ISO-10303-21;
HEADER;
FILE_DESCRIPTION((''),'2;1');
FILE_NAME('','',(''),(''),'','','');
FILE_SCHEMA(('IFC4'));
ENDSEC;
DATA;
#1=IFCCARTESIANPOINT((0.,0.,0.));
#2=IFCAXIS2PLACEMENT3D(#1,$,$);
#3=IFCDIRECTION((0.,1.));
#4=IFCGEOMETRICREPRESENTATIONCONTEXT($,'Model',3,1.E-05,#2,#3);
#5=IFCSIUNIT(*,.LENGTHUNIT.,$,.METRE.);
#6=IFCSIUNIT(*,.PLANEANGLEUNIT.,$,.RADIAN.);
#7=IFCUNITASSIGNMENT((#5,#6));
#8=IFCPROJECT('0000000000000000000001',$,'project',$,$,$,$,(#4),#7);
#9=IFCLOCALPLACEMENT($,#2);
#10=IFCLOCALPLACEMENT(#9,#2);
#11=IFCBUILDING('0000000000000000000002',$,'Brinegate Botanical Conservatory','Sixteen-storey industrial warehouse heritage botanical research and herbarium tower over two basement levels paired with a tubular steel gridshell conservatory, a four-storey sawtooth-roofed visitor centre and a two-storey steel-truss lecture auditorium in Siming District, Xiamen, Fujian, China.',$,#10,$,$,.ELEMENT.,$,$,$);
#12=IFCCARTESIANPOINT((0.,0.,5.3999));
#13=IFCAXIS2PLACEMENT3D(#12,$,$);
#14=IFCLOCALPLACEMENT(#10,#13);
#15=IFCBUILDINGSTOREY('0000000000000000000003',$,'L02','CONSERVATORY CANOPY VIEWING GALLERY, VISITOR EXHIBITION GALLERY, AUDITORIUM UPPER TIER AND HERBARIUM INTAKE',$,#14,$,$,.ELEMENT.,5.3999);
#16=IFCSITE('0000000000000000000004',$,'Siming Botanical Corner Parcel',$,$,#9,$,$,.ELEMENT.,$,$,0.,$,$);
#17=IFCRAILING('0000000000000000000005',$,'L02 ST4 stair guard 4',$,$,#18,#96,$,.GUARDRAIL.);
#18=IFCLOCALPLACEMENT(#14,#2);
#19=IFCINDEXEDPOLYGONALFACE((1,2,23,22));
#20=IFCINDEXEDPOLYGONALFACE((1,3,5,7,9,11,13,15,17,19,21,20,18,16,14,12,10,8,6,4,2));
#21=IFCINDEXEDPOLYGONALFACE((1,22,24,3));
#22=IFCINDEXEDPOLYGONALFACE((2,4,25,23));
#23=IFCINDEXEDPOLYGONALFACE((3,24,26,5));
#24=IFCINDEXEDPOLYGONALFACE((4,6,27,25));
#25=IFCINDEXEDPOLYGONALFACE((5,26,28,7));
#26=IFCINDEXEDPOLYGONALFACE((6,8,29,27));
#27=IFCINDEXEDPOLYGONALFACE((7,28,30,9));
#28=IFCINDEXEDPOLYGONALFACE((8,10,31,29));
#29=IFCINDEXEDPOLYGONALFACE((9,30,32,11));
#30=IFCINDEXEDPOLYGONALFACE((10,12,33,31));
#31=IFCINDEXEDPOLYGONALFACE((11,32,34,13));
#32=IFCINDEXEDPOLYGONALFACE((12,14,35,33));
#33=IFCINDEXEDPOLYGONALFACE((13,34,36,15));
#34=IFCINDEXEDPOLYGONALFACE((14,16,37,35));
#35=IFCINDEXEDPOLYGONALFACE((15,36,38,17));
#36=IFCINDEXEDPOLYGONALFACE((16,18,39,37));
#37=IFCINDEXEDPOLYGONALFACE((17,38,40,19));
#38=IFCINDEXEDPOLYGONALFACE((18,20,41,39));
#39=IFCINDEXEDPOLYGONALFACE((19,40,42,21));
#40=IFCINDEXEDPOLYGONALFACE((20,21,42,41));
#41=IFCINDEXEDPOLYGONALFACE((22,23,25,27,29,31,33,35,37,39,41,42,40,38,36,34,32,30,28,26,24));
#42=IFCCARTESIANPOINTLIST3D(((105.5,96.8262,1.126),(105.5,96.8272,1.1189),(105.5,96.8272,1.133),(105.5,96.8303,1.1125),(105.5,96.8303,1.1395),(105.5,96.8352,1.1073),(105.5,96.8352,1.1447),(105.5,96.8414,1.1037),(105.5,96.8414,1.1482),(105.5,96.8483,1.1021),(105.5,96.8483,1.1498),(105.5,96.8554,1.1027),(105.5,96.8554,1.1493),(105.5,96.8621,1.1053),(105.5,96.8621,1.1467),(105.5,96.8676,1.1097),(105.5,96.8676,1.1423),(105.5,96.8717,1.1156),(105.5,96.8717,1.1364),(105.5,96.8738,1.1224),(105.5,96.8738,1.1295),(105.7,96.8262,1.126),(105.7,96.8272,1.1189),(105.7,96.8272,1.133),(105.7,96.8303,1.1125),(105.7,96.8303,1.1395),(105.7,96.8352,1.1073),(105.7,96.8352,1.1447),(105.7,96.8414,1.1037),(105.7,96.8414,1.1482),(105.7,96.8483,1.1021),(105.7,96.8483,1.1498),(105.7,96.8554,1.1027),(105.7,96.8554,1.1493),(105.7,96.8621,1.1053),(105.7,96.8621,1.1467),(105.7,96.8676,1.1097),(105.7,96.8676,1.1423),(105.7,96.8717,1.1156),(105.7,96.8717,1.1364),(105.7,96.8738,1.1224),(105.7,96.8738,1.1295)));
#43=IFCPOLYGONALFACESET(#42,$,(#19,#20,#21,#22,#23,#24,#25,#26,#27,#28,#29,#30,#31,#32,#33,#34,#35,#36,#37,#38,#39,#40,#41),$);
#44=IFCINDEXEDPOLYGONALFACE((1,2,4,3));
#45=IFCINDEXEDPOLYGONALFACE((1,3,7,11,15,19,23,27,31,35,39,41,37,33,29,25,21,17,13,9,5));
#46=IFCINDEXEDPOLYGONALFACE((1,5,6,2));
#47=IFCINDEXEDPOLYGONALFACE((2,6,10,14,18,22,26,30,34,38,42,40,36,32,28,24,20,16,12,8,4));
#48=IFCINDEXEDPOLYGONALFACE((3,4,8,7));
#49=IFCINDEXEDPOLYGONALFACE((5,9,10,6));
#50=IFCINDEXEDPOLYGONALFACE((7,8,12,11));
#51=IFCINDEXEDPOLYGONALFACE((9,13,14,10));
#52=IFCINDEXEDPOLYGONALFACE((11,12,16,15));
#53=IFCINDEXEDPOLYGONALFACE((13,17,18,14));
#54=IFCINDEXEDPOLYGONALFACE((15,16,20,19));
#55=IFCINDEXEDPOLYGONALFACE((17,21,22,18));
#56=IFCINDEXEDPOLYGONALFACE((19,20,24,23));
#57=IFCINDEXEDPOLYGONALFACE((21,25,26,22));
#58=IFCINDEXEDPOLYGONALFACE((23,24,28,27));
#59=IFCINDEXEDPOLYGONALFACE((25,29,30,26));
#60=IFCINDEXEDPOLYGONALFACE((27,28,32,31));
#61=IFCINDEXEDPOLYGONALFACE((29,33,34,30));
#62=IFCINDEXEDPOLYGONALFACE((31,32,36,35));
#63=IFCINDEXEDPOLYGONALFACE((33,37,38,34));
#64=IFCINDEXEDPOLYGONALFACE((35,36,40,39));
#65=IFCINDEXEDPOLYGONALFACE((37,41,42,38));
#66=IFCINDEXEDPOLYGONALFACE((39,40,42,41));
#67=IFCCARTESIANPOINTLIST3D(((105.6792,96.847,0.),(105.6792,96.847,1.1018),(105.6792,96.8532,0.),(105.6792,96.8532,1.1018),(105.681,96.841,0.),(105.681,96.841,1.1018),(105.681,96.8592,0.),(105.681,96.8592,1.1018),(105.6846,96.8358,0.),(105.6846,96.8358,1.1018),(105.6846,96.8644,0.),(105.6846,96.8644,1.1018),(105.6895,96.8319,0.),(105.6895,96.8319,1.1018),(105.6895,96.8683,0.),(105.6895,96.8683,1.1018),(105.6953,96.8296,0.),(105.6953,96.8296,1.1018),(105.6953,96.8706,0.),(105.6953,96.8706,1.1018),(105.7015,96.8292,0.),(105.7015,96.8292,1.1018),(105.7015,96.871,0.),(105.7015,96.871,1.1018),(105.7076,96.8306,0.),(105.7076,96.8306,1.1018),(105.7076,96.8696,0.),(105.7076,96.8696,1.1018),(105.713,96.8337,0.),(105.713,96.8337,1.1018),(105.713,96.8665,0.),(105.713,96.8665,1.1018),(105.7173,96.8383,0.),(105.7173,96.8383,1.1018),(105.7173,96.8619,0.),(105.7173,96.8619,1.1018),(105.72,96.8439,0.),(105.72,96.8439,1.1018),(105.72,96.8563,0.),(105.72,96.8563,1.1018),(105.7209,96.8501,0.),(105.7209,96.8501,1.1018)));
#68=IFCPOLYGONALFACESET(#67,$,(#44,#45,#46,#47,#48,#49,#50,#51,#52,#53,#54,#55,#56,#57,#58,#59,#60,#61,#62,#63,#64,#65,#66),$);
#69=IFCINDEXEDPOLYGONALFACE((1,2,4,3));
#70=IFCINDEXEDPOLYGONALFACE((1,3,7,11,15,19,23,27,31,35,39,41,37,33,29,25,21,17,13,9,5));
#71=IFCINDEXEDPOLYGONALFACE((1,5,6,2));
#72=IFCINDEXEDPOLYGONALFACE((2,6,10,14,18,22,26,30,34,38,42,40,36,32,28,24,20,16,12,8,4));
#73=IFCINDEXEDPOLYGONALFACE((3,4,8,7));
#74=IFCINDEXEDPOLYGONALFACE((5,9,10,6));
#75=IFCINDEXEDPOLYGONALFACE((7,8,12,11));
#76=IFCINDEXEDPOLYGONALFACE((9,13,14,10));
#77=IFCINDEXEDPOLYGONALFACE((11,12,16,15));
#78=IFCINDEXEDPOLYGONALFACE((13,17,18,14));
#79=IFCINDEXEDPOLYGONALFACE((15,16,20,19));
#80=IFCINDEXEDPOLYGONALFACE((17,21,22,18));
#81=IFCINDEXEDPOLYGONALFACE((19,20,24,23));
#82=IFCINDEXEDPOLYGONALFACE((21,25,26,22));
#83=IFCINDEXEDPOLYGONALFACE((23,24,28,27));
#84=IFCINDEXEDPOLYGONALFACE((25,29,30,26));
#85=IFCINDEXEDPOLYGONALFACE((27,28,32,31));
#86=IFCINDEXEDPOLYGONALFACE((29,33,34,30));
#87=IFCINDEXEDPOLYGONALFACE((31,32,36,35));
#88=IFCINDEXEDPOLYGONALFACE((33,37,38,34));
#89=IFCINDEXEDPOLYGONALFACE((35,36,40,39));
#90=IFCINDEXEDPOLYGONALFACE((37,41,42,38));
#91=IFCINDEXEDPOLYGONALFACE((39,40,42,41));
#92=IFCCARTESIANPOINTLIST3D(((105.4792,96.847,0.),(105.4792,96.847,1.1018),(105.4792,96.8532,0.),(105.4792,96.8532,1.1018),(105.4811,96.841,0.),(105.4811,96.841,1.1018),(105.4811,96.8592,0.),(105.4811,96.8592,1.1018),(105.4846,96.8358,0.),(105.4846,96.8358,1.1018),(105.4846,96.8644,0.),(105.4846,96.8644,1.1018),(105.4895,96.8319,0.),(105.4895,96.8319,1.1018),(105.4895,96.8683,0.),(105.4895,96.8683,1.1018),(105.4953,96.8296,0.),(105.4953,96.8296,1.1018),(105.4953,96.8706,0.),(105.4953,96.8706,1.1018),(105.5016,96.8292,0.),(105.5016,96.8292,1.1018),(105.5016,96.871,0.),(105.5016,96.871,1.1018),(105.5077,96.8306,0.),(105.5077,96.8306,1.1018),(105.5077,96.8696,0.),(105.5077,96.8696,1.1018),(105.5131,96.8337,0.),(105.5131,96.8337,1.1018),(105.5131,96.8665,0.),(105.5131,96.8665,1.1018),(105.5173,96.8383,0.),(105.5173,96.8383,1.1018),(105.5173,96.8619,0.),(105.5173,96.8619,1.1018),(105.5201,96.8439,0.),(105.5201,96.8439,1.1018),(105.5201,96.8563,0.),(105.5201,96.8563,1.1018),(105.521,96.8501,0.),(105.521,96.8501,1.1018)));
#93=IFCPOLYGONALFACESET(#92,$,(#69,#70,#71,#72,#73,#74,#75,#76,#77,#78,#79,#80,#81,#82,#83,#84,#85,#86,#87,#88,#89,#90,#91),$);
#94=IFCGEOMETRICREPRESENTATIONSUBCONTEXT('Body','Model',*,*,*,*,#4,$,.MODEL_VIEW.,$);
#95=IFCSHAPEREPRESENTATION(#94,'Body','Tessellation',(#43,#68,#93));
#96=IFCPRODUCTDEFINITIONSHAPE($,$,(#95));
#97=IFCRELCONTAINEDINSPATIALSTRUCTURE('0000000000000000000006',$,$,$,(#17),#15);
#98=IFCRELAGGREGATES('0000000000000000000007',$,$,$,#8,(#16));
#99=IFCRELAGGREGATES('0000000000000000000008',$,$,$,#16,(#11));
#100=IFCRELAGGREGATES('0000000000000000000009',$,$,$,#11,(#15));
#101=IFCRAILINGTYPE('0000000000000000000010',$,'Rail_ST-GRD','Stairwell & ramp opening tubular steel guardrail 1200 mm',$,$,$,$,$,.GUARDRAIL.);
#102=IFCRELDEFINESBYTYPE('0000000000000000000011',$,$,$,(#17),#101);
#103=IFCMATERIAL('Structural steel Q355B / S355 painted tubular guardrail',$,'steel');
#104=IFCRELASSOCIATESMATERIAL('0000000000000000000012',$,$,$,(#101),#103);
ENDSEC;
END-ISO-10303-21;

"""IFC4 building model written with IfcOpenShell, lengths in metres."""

from ifc_helpers import new_model, si_unit, direction, frame, origin, origin_2d, place, context, subcontext, project, spatial, circle, extrude, material, type_object, element, save


model = new_model("IFC4")

# Units and contexts
model_context = context("Model", 3, precision=1e-05, world=origin(), true_north=direction((0.0, 1.0)))
body_context = subcontext(model_context, "Body", "Model", "MODEL_VIEW")
ifc_project = project(units=[si_unit("LENGTHUNIT", "METRE"), si_unit("PLANEANGLEUNIT", "RADIAN")], contexts=[model_context])

# Site, building, storey
site_placement = place(None, origin())
site = spatial("IfcSite", under=ifc_project, at=site_placement, Name="Siming Botanical Corner Parcel", CompositionType="ELEMENT", RefElevation=0.0)
building_placement = place(site_placement, origin())
building = spatial("IfcBuilding", under=site, at=building_placement, Name="Brinegate Botanical Conservatory", Description="Sixteen-storey industrial warehouse heritage botanical research and herbarium tower over two basement levels paired with a tubular steel gridshell conservatory, a four-storey sawtooth-roofed visitor centre and a two-storey steel-truss lecture auditorium in Siming District, Xiamen, Fujian, China.", CompositionType="ELEMENT")
storey_placement = place(building_placement, frame((0.0, 0.0, 5.3999)))
storey = spatial("IfcBuildingStorey", under=building, at=storey_placement, Name="L02", Description="CONSERVATORY CANOPY VIEWING GALLERY, VISITOR EXHIBITION GALLERY, AUDITORIUM UPPER TIER AND HERBARIUM INTAKE", CompositionType="ELEMENT", Elevation=5.3999)

# Railing
ifc_material_1 = material(Name="Structural steel Q355B / S355 painted tubular guardrail", Category="steel")
railing_type_1 = type_object("IfcRailingType", Name="Rail_ST-GRD", Description="Stairwell & ramp opening tubular steel guardrail 1200 mm", PredefinedType="GUARDRAIL", material=ifc_material_1)
railing_1_placement = place(storey_placement, frame((105.7, 96.8501, 0.0)))
element("IfcRailing", 1, at=railing_1_placement, inside=storey, type_object=railing_type_1, Name="L02 ST4 stair guard 4", PredefinedType="GUARDRAIL", context=body_context, shape_type="SweptSolid", body=[
    extrude(circle(Radius=0.0239, at=origin_2d()), frame((0.0, 0.0, 1.126), z_axis=(-1.0, 0.0, 0.0), x_axis=(0.0, -1.0, 0.0)), (0.0, 0.0, 1.0), 0.2),
    extrude(circle(Radius=0.021, at=origin_2d()), origin(), (0.0, 0.0, 1.0), 1.1018),
    extrude(circle(Radius=0.021, at=origin_2d()), frame((-0.2, 0.0, 0.0)), (0.0, 0.0, 1.0), 1.1018),
])

save(model, "model.ifc")
